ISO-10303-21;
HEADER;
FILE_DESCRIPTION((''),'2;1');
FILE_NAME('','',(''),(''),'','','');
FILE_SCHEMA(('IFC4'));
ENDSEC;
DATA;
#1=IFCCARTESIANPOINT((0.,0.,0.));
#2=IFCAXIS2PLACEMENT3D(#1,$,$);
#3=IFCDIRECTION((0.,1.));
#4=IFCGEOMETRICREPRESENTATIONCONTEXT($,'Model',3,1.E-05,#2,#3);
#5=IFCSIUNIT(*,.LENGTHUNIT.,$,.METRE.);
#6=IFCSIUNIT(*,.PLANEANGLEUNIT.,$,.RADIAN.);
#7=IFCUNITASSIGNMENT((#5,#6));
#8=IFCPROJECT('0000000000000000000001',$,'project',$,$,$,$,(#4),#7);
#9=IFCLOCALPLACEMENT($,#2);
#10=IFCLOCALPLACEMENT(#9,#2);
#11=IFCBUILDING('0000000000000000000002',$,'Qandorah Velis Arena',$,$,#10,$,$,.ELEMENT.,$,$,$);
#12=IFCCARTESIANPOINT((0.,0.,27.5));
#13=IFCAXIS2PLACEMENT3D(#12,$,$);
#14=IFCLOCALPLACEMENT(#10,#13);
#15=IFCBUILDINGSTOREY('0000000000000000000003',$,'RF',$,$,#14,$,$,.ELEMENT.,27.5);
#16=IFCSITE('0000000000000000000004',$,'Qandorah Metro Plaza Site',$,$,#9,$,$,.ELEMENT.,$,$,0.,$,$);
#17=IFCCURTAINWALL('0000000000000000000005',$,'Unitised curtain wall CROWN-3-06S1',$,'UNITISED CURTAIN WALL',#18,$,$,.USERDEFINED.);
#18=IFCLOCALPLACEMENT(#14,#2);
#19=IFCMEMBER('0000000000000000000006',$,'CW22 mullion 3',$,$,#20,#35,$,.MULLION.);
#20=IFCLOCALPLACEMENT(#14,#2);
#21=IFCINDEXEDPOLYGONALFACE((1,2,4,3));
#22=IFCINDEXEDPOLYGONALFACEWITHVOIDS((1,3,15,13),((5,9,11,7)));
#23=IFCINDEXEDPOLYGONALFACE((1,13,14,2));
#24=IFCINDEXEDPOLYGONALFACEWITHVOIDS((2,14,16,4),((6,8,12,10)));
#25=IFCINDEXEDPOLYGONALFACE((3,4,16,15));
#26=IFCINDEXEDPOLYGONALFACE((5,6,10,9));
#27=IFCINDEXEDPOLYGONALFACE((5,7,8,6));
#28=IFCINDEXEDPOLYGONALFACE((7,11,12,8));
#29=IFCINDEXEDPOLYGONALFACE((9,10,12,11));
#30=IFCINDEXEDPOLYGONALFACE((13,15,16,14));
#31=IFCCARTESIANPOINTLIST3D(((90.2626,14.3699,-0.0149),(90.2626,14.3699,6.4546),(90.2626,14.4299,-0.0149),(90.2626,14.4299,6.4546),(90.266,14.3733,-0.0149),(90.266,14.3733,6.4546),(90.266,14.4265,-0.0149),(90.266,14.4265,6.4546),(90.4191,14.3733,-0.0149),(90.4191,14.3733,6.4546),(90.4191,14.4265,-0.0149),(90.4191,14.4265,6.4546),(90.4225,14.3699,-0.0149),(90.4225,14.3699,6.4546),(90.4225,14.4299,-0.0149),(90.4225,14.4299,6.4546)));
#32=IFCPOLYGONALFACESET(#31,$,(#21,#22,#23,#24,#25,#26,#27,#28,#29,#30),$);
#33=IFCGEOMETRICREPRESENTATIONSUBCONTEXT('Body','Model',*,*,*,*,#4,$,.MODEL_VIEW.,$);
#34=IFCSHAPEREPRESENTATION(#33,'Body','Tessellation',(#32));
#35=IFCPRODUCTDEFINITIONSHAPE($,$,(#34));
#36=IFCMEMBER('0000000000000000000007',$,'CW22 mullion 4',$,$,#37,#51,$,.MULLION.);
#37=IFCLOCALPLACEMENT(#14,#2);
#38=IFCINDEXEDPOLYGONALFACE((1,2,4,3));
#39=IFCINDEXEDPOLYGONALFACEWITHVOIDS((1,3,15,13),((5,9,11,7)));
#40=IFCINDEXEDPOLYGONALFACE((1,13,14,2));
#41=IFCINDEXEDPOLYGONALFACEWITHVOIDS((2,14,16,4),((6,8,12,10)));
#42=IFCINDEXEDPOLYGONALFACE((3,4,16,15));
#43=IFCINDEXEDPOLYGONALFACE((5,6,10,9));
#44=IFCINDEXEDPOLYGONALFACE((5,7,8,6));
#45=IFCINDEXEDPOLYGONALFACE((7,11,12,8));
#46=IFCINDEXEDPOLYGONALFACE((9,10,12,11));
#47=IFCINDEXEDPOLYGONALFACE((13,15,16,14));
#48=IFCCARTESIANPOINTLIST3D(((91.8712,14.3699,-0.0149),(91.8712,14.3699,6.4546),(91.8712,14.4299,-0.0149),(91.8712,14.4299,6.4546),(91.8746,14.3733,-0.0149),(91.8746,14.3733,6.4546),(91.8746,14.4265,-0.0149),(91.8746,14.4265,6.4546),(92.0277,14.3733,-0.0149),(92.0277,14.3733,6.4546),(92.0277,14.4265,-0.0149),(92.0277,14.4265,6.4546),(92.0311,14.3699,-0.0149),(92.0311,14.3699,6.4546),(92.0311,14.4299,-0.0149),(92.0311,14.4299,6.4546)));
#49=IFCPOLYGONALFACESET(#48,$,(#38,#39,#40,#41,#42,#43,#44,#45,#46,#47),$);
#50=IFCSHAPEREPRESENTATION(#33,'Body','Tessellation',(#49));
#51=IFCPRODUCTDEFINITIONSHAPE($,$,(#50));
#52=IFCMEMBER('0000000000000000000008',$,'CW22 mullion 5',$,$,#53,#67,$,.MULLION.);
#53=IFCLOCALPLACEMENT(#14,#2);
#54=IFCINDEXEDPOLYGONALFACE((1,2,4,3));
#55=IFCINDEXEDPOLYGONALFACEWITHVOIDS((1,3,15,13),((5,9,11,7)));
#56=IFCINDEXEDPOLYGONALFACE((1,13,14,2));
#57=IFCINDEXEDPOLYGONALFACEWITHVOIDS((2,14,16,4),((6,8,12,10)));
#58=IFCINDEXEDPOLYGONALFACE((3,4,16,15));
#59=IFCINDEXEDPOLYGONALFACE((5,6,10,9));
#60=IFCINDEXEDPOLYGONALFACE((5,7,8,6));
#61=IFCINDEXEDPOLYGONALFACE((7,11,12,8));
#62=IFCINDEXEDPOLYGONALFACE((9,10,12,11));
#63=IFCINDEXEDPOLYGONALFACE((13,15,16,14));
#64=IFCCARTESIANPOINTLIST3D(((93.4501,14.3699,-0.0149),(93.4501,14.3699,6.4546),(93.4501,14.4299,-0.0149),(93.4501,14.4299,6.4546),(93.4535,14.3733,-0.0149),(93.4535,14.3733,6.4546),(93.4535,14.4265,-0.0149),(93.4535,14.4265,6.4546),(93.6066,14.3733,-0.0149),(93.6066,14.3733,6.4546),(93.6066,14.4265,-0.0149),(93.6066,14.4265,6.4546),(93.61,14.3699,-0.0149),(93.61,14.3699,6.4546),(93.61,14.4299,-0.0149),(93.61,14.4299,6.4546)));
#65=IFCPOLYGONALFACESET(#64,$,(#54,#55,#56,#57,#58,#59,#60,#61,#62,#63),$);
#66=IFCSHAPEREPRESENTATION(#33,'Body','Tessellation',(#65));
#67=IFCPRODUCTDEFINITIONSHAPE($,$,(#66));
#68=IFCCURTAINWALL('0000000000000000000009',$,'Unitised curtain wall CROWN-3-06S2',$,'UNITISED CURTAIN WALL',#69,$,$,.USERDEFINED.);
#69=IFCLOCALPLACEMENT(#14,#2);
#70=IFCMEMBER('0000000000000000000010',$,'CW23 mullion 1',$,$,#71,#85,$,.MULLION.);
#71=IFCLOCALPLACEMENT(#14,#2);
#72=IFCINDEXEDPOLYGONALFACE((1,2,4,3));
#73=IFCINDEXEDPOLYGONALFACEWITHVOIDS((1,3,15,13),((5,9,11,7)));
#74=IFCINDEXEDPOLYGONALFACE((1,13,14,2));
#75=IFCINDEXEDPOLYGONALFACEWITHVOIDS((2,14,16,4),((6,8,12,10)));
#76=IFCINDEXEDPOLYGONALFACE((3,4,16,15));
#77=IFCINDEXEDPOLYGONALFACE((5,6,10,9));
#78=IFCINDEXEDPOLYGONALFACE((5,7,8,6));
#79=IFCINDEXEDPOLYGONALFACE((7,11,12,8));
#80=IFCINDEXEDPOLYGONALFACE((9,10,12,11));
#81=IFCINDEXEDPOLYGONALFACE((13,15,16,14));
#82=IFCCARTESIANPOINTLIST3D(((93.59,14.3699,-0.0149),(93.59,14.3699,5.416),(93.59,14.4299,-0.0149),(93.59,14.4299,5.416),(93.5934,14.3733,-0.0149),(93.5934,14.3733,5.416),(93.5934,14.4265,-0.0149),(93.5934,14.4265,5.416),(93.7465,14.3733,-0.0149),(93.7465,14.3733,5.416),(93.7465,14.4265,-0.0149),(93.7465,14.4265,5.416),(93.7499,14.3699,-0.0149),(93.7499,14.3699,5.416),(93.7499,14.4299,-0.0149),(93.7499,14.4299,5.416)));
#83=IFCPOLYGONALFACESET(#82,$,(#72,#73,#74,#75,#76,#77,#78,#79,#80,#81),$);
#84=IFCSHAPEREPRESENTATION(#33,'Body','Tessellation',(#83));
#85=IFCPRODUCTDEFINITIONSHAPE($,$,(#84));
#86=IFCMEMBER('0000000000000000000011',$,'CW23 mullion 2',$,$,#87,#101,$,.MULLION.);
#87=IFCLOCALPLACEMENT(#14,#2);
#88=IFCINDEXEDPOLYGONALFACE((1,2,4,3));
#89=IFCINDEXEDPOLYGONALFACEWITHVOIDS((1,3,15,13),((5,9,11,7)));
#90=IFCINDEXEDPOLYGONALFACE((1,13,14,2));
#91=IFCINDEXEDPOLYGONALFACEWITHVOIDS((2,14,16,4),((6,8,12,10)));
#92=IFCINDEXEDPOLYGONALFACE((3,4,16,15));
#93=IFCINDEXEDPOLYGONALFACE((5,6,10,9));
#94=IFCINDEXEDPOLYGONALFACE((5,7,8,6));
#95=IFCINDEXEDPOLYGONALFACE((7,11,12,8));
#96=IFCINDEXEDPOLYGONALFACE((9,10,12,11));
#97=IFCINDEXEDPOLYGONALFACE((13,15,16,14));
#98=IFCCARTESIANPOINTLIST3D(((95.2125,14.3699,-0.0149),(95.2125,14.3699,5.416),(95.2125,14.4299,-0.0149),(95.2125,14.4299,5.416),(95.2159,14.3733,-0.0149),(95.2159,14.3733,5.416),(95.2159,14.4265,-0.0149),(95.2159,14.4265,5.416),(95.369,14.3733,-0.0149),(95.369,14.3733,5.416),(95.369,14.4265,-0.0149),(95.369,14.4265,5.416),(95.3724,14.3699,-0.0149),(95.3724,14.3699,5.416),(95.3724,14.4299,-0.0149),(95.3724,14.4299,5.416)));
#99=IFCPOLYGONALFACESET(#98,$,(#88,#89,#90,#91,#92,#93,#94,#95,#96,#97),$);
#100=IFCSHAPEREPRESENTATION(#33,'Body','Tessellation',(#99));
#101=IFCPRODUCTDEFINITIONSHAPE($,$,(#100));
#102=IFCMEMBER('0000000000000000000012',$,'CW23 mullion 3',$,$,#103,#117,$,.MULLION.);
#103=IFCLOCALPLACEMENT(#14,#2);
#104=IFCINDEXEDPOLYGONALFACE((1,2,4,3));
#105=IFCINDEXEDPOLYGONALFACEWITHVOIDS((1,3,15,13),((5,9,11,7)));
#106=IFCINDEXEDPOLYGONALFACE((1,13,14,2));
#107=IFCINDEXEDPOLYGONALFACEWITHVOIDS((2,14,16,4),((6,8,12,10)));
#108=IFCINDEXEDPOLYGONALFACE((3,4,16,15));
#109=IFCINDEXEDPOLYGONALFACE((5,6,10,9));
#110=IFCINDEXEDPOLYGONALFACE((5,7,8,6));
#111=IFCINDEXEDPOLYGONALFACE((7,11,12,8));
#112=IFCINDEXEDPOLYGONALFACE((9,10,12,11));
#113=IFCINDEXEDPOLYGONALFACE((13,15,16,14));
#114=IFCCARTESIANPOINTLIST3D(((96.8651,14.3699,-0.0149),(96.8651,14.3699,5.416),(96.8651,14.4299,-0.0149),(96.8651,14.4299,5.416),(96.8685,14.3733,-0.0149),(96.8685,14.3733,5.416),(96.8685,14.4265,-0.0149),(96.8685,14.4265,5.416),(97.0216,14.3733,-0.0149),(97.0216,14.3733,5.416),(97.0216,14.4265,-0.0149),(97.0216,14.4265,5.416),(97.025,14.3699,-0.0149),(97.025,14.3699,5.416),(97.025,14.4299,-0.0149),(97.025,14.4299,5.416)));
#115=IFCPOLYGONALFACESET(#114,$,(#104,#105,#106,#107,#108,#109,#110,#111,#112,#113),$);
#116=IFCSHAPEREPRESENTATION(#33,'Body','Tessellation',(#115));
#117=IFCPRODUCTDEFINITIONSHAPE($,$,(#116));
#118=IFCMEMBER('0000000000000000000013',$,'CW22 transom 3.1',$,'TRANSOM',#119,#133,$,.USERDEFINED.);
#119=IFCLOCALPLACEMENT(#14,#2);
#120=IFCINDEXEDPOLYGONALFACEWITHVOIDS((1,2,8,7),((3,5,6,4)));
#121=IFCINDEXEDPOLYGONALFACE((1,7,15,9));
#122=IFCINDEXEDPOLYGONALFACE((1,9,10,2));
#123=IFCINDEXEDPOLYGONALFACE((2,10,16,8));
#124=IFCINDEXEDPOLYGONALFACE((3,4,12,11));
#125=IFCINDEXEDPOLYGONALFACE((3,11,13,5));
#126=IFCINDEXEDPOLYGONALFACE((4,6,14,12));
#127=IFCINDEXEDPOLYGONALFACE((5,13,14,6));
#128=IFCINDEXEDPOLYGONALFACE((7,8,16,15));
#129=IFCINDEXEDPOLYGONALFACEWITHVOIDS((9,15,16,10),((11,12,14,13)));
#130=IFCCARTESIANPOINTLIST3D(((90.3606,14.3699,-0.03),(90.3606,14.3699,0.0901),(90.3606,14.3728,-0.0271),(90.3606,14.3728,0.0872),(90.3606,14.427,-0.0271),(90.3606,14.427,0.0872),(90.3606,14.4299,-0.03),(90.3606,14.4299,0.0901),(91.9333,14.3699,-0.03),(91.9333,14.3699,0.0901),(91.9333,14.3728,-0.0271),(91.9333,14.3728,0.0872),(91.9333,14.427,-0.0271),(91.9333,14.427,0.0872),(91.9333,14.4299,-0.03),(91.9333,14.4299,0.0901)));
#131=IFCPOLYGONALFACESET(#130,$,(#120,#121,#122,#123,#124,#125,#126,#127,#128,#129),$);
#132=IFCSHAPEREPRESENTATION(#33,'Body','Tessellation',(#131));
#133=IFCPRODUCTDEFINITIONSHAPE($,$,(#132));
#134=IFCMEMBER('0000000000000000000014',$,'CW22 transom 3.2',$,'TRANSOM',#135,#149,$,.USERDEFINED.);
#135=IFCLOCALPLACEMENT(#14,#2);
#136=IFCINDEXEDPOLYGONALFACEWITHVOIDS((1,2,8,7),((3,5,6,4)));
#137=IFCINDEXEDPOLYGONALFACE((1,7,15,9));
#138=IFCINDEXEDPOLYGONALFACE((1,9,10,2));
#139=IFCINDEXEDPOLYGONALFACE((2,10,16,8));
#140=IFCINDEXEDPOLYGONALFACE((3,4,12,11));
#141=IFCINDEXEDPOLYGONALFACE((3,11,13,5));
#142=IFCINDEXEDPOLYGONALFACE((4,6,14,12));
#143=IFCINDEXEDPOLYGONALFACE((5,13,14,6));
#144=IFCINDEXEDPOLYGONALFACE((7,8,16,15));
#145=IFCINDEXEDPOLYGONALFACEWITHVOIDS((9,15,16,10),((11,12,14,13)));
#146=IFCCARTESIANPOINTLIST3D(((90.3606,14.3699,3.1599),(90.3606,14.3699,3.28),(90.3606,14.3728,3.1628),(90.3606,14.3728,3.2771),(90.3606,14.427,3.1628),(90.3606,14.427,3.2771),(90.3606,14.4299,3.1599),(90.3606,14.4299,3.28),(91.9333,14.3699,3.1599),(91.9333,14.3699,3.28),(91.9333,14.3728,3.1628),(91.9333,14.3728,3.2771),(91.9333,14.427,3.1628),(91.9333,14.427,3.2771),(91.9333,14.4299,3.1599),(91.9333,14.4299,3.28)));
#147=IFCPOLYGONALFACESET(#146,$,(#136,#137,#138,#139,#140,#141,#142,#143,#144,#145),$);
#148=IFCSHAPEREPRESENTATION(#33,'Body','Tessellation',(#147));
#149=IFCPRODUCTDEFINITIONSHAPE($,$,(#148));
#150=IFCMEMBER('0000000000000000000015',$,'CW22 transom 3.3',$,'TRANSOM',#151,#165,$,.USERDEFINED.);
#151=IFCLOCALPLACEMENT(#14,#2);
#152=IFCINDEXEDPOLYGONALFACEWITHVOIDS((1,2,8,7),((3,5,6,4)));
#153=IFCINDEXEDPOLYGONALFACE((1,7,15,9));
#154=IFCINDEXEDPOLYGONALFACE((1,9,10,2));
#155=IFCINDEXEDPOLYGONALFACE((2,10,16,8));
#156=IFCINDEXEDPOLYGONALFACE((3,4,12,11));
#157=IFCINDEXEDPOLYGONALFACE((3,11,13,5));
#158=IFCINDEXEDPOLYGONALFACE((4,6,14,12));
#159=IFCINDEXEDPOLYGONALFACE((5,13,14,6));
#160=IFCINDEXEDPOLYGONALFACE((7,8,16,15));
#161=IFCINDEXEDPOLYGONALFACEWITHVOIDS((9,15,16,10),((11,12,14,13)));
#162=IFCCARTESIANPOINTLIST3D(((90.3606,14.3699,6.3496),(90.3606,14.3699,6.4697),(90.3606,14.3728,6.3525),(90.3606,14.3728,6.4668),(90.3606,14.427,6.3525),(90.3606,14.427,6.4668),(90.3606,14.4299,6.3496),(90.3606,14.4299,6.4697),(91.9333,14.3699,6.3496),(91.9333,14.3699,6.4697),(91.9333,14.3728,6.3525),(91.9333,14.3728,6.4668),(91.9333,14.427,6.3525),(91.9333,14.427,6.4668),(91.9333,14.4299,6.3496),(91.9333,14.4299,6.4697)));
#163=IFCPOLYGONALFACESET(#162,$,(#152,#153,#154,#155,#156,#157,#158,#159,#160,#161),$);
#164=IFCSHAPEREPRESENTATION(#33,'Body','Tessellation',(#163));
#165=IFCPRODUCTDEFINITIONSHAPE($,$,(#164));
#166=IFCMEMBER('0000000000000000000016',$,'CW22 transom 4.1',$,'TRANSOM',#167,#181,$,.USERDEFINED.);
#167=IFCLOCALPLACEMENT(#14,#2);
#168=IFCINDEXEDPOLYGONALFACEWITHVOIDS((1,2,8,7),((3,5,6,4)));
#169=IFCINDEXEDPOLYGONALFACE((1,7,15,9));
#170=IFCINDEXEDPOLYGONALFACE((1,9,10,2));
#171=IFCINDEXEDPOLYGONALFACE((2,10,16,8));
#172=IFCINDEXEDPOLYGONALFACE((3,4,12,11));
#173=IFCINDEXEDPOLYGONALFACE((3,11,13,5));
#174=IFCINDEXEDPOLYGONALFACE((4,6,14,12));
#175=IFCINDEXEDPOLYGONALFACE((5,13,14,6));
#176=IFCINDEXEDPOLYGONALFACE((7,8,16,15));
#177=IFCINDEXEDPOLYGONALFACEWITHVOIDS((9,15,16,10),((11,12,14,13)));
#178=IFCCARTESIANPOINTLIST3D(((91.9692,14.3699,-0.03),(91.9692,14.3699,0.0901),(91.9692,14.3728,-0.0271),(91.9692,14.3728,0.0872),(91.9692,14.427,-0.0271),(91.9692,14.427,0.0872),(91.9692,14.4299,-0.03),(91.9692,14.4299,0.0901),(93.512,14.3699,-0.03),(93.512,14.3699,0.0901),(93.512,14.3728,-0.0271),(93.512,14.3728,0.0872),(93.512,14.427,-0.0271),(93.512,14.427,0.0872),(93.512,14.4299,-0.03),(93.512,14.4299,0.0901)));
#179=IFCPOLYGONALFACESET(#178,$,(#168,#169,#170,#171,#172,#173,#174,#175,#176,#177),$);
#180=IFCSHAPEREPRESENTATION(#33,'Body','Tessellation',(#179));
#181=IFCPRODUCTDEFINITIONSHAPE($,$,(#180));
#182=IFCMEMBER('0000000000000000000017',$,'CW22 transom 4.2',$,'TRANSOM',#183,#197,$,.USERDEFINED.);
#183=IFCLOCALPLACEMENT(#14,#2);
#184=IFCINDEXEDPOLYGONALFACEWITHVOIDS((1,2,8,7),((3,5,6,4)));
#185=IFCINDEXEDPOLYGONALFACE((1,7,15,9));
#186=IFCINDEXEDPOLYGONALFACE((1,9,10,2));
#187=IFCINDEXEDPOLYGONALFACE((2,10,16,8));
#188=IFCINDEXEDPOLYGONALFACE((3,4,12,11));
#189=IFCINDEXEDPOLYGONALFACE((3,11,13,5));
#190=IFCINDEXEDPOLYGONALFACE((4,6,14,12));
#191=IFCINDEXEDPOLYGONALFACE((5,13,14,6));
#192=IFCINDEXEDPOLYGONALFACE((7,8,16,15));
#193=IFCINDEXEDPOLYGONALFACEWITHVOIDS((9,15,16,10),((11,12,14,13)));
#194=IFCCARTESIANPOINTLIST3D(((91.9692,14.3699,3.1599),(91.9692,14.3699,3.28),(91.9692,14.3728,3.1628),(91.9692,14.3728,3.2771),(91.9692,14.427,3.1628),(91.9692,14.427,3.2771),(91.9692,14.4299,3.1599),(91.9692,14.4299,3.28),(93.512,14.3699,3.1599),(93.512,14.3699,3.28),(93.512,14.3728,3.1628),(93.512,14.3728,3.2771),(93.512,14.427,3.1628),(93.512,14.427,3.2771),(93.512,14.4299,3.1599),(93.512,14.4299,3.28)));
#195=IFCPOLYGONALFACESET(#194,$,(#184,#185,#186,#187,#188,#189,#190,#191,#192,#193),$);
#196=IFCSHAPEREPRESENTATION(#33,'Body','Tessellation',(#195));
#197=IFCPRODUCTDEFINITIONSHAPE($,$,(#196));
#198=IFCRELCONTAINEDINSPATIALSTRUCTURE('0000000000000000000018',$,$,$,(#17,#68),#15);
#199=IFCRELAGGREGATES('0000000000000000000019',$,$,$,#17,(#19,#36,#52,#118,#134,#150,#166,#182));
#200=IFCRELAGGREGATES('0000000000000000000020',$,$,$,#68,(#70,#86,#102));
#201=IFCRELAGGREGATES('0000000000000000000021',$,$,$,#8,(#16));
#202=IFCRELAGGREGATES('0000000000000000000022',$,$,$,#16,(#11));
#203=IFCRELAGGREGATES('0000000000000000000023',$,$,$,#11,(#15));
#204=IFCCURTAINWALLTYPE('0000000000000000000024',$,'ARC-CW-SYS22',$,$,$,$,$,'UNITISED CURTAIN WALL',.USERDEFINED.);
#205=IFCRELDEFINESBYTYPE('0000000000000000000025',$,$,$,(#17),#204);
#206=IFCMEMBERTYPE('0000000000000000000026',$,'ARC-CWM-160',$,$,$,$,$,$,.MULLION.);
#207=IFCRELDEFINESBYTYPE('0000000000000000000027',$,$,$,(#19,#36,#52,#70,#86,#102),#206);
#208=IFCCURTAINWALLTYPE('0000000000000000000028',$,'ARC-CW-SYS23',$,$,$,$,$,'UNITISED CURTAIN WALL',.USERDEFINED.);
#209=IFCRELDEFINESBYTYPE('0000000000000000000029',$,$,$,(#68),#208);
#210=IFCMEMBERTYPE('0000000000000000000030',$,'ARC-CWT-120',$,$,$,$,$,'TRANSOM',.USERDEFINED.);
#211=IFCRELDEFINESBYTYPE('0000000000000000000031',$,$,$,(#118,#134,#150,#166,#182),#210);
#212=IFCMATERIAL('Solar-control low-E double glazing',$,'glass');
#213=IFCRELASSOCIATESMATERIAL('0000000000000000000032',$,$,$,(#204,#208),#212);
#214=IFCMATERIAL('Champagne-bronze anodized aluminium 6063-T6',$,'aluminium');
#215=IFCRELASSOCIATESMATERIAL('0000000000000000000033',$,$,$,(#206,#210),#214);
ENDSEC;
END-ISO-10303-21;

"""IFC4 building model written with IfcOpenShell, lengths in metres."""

from ifc_helpers import new_model, si_unit, direction, frame, origin, origin_2d, place, context, subcontext, project, spatial, hollow_rectangle, extrude, material, material_profile, profile_set, type_object, element, aggregate, save


model = new_model("IFC4")

# Units and contexts
model_context = context("Model", 3, precision=1e-05, world=origin(), true_north=direction((0.0, 1.0)))
body_context = subcontext(model_context, "Body", "Model", "MODEL_VIEW")
ifc_project = project(units=[si_unit("LENGTHUNIT", "METRE"), si_unit("PLANEANGLEUNIT", "RADIAN")], contexts=[model_context])

# Site, building, storey
site_placement = place(None, origin())
site = spatial("IfcSite", under=ifc_project, at=site_placement, Name="Qandorah Metro Plaza Site", CompositionType="ELEMENT", RefElevation=0.0)
building_placement = place(site_placement, origin())
building = spatial("IfcBuilding", under=site, at=building_placement, Name="Qandorah Velis Arena", CompositionType="ELEMENT")
storey_placement = place(building_placement, frame((0.0, 0.0, 27.5)))
storey = spatial("IfcBuildingStorey", under=building, at=storey_placement, Name="RF", CompositionType="ELEMENT", Elevation=27.5)

# Curtain walls, members
ifc_material_1 = material(Name="Solar-control low-E double glazing", Category="glass")
curtain_wall_type_1 = type_object("IfcCurtainWallType", Name="ARC-CW-SYS22", ElementType="UNITISED CURTAIN WALL", PredefinedType="USERDEFINED", material=ifc_material_1)
curtain_wall_1_placement = place(storey_placement, origin())
curtain_wall_1 = element("IfcCurtainWall", 1, at=curtain_wall_1_placement, inside=storey, type_object=curtain_wall_type_1, Name="Unitised curtain wall CROWN-3-06S1", ObjectType="UNITISED CURTAIN WALL", PredefinedType="USERDEFINED")
ifc_material_2 = material(Name="Champagne-bronze anodized aluminium 6063-T6", Category="aluminium")
ifc_material_profile_1 = material_profile(ifc_material_2, hollow_rectangle(XDim=0.0601, YDim=0.1599, WallThickness=0.0034, at=origin_2d()), Name="ALU MULLION 60x160")
ifc_profile_set_1 = profile_set([ifc_material_profile_1], Name="Champagne-bronze anodized aluminium 6063-T6")
member_type_1 = type_object("IfcMemberType", Name="ARC-CWM-160", PredefinedType="MULLION", material=ifc_profile_set_1)
member_1_placement = place(storey_placement, frame((90.3425, 14.3999, -0.0149), z_axis=(0.0, 0.0, 1.0), x_axis=(0.0, 1.0, 0.0)))
member_1 = element("IfcMember", 2, at=member_1_placement, type_object=member_type_1, Name="CW22 mullion 3", PredefinedType="MULLION", context=body_context, shape_type="SweptSolid", body=[
    extrude(hollow_rectangle(XDim=0.0601, YDim=0.1599, WallThickness=0.0034, at=origin_2d()), origin(), (0.0, 0.0, 1.0), 6.4695),
])
member_2_placement = place(storey_placement, frame((91.9512, 14.3999, -0.0149), z_axis=(0.0, 0.0, 1.0), x_axis=(0.0, 1.0, 0.0)))
member_2 = element("IfcMember", 3, at=member_2_placement, type_object=member_type_1, Name="CW22 mullion 4", PredefinedType="MULLION", context=body_context, shape_type="SweptSolid", body=[
    extrude(hollow_rectangle(XDim=0.0601, YDim=0.1599, WallThickness=0.0034, at=origin_2d()), origin(), (0.0, 0.0, 1.0), 6.4695),
])
member_3_placement = place(storey_placement, frame((93.53, 14.3999, -0.0149), z_axis=(0.0, 0.0, 1.0), x_axis=(0.0, 1.0, 0.0)))
member_3 = element("IfcMember", 4, at=member_3_placement, type_object=member_type_1, Name="CW22 mullion 5", PredefinedType="MULLION", context=body_context, shape_type="SweptSolid", body=[
    extrude(hollow_rectangle(XDim=0.0601, YDim=0.1599, WallThickness=0.0034, at=origin_2d()), origin(), (0.0, 0.0, 1.0), 6.4695),
])
curtain_wall_type_2 = type_object("IfcCurtainWallType", Name="ARC-CW-SYS23", ElementType="UNITISED CURTAIN WALL", PredefinedType="USERDEFINED", material=ifc_material_1)
curtain_wall_2_placement = place(storey_placement, origin())
curtain_wall_2 = element("IfcCurtainWall", 5, at=curtain_wall_2_placement, inside=storey, type_object=curtain_wall_type_2, Name="Unitised curtain wall CROWN-3-06S2", ObjectType="UNITISED CURTAIN WALL", PredefinedType="USERDEFINED")
member_4_placement = place(storey_placement, frame((93.6699, 14.3999, -0.0149), z_axis=(0.0, 0.0, 1.0), x_axis=(0.0, 1.0, 0.0)))
member_4 = element("IfcMember", 6, at=member_4_placement, type_object=member_type_1, Name="CW23 mullion 1", PredefinedType="MULLION", context=body_context, shape_type="SweptSolid", body=[
    extrude(hollow_rectangle(XDim=0.0601, YDim=0.1599, WallThickness=0.0034, at=origin_2d()), origin(), (0.0, 0.0, 1.0), 5.4309),
])
member_5_placement = place(storey_placement, frame((95.2925, 14.3999, -0.0149), z_axis=(0.0, 0.0, 1.0), x_axis=(0.0, 1.0, 0.0)))
member_5 = element("IfcMember", 7, at=member_5_placement, type_object=member_type_1, Name="CW23 mullion 2", PredefinedType="MULLION", context=body_context, shape_type="SweptSolid", body=[
    extrude(hollow_rectangle(XDim=0.0601, YDim=0.1599, WallThickness=0.0034, at=origin_2d()), origin(), (0.0, 0.0, 1.0), 5.4309),
])
member_6_placement = place(storey_placement, frame((96.9451, 14.3999, -0.0149), z_axis=(0.0, 0.0, 1.0), x_axis=(0.0, 1.0, 0.0)))
member_6 = element("IfcMember", 8, at=member_6_placement, type_object=member_type_1, Name="CW23 mullion 3", PredefinedType="MULLION", context=body_context, shape_type="SweptSolid", body=[
    extrude(hollow_rectangle(XDim=0.0601, YDim=0.1599, WallThickness=0.0034, at=origin_2d()), origin(), (0.0, 0.0, 1.0), 5.4309),
])

# Members
ifc_material_profile_2 = material_profile(ifc_material_2, hollow_rectangle(XDim=0.0601, YDim=0.1201, WallThickness=0.0029, at=origin_2d()), Name="ALU TRANSOM 60x120")
ifc_profile_set_2 = profile_set([ifc_material_profile_2], Name="Champagne-bronze anodized aluminium 6063-T6")
member_type_2 = type_object("IfcMemberType", Name="ARC-CWT-120", ElementType="TRANSOM", PredefinedType="USERDEFINED", material=ifc_profile_set_2)
member_7_placement = place(storey_placement, frame((90.3606, 14.3999, 0.03), z_axis=(1.0, 0.0, 0.0), x_axis=(0.0, 1.0, 0.0)))
member_7 = element("IfcMember", 9, at=member_7_placement, type_object=member_type_2, Name="CW22 transom 3.1", ObjectType="TRANSOM", PredefinedType="USERDEFINED", context=body_context, shape_type="SweptSolid", body=[
    extrude(hollow_rectangle(XDim=0.0601, YDim=0.1201, WallThickness=0.0029, at=origin_2d()), origin(), (0.0, 0.0, 1.0), 1.5728),
])
member_8_placement = place(storey_placement, frame((90.3606, 14.3999, 3.22), z_axis=(1.0, 0.0, 0.0), x_axis=(0.0, 1.0, 0.0)))
member_8 = element("IfcMember", 10, at=member_8_placement, type_object=member_type_2, Name="CW22 transom 3.2", ObjectType="TRANSOM", PredefinedType="USERDEFINED", context=body_context, shape_type="SweptSolid", body=[
    extrude(hollow_rectangle(XDim=0.0601, YDim=0.1201, WallThickness=0.0029, at=origin_2d()), origin(), (0.0, 0.0, 1.0), 1.5728),
])
member_9_placement = place(storey_placement, frame((90.3606, 14.3999, 6.4097), z_axis=(1.0, 0.0, 0.0), x_axis=(0.0, 1.0, 0.0)))
member_9 = element("IfcMember", 11, at=member_9_placement, type_object=member_type_2, Name="CW22 transom 3.3", ObjectType="TRANSOM", PredefinedType="USERDEFINED", context=body_context, shape_type="SweptSolid", body=[
    extrude(hollow_rectangle(XDim=0.0601, YDim=0.1201, WallThickness=0.0029, at=origin_2d()), origin(), (0.0, 0.0, 1.0), 1.5728),
])
member_10_placement = place(storey_placement, frame((91.9692, 14.3999, 0.03), z_axis=(1.0, 0.0, 0.0), x_axis=(0.0, 1.0, 0.0)))
member_10 = element("IfcMember", 12, at=member_10_placement, type_object=member_type_2, Name="CW22 transom 4.1", ObjectType="TRANSOM", PredefinedType="USERDEFINED", context=body_context, shape_type="SweptSolid", body=[
    extrude(hollow_rectangle(XDim=0.0601, YDim=0.1201, WallThickness=0.0029, at=origin_2d()), origin(), (0.0, 0.0, 1.0), 1.5427),
])
member_11_placement = place(storey_placement, frame((91.9692, 14.3999, 3.22), z_axis=(1.0, 0.0, 0.0), x_axis=(0.0, 1.0, 0.0)))
member_11 = element("IfcMember", 13, at=member_11_placement, type_object=member_type_2, Name="CW22 transom 4.2", ObjectType="TRANSOM", PredefinedType="USERDEFINED", context=body_context, shape_type="SweptSolid", body=[
    extrude(hollow_rectangle(XDim=0.0601, YDim=0.1201, WallThickness=0.0029, at=origin_2d()), origin(), (0.0, 0.0, 1.0), 1.5427),
])

aggregate(curtain_wall_1, [member_1, member_2, member_3, member_7, member_8, member_9, member_10, member_11])
aggregate(curtain_wall_2, [member_4, member_5, member_6])

save(model, "model.ifc")
